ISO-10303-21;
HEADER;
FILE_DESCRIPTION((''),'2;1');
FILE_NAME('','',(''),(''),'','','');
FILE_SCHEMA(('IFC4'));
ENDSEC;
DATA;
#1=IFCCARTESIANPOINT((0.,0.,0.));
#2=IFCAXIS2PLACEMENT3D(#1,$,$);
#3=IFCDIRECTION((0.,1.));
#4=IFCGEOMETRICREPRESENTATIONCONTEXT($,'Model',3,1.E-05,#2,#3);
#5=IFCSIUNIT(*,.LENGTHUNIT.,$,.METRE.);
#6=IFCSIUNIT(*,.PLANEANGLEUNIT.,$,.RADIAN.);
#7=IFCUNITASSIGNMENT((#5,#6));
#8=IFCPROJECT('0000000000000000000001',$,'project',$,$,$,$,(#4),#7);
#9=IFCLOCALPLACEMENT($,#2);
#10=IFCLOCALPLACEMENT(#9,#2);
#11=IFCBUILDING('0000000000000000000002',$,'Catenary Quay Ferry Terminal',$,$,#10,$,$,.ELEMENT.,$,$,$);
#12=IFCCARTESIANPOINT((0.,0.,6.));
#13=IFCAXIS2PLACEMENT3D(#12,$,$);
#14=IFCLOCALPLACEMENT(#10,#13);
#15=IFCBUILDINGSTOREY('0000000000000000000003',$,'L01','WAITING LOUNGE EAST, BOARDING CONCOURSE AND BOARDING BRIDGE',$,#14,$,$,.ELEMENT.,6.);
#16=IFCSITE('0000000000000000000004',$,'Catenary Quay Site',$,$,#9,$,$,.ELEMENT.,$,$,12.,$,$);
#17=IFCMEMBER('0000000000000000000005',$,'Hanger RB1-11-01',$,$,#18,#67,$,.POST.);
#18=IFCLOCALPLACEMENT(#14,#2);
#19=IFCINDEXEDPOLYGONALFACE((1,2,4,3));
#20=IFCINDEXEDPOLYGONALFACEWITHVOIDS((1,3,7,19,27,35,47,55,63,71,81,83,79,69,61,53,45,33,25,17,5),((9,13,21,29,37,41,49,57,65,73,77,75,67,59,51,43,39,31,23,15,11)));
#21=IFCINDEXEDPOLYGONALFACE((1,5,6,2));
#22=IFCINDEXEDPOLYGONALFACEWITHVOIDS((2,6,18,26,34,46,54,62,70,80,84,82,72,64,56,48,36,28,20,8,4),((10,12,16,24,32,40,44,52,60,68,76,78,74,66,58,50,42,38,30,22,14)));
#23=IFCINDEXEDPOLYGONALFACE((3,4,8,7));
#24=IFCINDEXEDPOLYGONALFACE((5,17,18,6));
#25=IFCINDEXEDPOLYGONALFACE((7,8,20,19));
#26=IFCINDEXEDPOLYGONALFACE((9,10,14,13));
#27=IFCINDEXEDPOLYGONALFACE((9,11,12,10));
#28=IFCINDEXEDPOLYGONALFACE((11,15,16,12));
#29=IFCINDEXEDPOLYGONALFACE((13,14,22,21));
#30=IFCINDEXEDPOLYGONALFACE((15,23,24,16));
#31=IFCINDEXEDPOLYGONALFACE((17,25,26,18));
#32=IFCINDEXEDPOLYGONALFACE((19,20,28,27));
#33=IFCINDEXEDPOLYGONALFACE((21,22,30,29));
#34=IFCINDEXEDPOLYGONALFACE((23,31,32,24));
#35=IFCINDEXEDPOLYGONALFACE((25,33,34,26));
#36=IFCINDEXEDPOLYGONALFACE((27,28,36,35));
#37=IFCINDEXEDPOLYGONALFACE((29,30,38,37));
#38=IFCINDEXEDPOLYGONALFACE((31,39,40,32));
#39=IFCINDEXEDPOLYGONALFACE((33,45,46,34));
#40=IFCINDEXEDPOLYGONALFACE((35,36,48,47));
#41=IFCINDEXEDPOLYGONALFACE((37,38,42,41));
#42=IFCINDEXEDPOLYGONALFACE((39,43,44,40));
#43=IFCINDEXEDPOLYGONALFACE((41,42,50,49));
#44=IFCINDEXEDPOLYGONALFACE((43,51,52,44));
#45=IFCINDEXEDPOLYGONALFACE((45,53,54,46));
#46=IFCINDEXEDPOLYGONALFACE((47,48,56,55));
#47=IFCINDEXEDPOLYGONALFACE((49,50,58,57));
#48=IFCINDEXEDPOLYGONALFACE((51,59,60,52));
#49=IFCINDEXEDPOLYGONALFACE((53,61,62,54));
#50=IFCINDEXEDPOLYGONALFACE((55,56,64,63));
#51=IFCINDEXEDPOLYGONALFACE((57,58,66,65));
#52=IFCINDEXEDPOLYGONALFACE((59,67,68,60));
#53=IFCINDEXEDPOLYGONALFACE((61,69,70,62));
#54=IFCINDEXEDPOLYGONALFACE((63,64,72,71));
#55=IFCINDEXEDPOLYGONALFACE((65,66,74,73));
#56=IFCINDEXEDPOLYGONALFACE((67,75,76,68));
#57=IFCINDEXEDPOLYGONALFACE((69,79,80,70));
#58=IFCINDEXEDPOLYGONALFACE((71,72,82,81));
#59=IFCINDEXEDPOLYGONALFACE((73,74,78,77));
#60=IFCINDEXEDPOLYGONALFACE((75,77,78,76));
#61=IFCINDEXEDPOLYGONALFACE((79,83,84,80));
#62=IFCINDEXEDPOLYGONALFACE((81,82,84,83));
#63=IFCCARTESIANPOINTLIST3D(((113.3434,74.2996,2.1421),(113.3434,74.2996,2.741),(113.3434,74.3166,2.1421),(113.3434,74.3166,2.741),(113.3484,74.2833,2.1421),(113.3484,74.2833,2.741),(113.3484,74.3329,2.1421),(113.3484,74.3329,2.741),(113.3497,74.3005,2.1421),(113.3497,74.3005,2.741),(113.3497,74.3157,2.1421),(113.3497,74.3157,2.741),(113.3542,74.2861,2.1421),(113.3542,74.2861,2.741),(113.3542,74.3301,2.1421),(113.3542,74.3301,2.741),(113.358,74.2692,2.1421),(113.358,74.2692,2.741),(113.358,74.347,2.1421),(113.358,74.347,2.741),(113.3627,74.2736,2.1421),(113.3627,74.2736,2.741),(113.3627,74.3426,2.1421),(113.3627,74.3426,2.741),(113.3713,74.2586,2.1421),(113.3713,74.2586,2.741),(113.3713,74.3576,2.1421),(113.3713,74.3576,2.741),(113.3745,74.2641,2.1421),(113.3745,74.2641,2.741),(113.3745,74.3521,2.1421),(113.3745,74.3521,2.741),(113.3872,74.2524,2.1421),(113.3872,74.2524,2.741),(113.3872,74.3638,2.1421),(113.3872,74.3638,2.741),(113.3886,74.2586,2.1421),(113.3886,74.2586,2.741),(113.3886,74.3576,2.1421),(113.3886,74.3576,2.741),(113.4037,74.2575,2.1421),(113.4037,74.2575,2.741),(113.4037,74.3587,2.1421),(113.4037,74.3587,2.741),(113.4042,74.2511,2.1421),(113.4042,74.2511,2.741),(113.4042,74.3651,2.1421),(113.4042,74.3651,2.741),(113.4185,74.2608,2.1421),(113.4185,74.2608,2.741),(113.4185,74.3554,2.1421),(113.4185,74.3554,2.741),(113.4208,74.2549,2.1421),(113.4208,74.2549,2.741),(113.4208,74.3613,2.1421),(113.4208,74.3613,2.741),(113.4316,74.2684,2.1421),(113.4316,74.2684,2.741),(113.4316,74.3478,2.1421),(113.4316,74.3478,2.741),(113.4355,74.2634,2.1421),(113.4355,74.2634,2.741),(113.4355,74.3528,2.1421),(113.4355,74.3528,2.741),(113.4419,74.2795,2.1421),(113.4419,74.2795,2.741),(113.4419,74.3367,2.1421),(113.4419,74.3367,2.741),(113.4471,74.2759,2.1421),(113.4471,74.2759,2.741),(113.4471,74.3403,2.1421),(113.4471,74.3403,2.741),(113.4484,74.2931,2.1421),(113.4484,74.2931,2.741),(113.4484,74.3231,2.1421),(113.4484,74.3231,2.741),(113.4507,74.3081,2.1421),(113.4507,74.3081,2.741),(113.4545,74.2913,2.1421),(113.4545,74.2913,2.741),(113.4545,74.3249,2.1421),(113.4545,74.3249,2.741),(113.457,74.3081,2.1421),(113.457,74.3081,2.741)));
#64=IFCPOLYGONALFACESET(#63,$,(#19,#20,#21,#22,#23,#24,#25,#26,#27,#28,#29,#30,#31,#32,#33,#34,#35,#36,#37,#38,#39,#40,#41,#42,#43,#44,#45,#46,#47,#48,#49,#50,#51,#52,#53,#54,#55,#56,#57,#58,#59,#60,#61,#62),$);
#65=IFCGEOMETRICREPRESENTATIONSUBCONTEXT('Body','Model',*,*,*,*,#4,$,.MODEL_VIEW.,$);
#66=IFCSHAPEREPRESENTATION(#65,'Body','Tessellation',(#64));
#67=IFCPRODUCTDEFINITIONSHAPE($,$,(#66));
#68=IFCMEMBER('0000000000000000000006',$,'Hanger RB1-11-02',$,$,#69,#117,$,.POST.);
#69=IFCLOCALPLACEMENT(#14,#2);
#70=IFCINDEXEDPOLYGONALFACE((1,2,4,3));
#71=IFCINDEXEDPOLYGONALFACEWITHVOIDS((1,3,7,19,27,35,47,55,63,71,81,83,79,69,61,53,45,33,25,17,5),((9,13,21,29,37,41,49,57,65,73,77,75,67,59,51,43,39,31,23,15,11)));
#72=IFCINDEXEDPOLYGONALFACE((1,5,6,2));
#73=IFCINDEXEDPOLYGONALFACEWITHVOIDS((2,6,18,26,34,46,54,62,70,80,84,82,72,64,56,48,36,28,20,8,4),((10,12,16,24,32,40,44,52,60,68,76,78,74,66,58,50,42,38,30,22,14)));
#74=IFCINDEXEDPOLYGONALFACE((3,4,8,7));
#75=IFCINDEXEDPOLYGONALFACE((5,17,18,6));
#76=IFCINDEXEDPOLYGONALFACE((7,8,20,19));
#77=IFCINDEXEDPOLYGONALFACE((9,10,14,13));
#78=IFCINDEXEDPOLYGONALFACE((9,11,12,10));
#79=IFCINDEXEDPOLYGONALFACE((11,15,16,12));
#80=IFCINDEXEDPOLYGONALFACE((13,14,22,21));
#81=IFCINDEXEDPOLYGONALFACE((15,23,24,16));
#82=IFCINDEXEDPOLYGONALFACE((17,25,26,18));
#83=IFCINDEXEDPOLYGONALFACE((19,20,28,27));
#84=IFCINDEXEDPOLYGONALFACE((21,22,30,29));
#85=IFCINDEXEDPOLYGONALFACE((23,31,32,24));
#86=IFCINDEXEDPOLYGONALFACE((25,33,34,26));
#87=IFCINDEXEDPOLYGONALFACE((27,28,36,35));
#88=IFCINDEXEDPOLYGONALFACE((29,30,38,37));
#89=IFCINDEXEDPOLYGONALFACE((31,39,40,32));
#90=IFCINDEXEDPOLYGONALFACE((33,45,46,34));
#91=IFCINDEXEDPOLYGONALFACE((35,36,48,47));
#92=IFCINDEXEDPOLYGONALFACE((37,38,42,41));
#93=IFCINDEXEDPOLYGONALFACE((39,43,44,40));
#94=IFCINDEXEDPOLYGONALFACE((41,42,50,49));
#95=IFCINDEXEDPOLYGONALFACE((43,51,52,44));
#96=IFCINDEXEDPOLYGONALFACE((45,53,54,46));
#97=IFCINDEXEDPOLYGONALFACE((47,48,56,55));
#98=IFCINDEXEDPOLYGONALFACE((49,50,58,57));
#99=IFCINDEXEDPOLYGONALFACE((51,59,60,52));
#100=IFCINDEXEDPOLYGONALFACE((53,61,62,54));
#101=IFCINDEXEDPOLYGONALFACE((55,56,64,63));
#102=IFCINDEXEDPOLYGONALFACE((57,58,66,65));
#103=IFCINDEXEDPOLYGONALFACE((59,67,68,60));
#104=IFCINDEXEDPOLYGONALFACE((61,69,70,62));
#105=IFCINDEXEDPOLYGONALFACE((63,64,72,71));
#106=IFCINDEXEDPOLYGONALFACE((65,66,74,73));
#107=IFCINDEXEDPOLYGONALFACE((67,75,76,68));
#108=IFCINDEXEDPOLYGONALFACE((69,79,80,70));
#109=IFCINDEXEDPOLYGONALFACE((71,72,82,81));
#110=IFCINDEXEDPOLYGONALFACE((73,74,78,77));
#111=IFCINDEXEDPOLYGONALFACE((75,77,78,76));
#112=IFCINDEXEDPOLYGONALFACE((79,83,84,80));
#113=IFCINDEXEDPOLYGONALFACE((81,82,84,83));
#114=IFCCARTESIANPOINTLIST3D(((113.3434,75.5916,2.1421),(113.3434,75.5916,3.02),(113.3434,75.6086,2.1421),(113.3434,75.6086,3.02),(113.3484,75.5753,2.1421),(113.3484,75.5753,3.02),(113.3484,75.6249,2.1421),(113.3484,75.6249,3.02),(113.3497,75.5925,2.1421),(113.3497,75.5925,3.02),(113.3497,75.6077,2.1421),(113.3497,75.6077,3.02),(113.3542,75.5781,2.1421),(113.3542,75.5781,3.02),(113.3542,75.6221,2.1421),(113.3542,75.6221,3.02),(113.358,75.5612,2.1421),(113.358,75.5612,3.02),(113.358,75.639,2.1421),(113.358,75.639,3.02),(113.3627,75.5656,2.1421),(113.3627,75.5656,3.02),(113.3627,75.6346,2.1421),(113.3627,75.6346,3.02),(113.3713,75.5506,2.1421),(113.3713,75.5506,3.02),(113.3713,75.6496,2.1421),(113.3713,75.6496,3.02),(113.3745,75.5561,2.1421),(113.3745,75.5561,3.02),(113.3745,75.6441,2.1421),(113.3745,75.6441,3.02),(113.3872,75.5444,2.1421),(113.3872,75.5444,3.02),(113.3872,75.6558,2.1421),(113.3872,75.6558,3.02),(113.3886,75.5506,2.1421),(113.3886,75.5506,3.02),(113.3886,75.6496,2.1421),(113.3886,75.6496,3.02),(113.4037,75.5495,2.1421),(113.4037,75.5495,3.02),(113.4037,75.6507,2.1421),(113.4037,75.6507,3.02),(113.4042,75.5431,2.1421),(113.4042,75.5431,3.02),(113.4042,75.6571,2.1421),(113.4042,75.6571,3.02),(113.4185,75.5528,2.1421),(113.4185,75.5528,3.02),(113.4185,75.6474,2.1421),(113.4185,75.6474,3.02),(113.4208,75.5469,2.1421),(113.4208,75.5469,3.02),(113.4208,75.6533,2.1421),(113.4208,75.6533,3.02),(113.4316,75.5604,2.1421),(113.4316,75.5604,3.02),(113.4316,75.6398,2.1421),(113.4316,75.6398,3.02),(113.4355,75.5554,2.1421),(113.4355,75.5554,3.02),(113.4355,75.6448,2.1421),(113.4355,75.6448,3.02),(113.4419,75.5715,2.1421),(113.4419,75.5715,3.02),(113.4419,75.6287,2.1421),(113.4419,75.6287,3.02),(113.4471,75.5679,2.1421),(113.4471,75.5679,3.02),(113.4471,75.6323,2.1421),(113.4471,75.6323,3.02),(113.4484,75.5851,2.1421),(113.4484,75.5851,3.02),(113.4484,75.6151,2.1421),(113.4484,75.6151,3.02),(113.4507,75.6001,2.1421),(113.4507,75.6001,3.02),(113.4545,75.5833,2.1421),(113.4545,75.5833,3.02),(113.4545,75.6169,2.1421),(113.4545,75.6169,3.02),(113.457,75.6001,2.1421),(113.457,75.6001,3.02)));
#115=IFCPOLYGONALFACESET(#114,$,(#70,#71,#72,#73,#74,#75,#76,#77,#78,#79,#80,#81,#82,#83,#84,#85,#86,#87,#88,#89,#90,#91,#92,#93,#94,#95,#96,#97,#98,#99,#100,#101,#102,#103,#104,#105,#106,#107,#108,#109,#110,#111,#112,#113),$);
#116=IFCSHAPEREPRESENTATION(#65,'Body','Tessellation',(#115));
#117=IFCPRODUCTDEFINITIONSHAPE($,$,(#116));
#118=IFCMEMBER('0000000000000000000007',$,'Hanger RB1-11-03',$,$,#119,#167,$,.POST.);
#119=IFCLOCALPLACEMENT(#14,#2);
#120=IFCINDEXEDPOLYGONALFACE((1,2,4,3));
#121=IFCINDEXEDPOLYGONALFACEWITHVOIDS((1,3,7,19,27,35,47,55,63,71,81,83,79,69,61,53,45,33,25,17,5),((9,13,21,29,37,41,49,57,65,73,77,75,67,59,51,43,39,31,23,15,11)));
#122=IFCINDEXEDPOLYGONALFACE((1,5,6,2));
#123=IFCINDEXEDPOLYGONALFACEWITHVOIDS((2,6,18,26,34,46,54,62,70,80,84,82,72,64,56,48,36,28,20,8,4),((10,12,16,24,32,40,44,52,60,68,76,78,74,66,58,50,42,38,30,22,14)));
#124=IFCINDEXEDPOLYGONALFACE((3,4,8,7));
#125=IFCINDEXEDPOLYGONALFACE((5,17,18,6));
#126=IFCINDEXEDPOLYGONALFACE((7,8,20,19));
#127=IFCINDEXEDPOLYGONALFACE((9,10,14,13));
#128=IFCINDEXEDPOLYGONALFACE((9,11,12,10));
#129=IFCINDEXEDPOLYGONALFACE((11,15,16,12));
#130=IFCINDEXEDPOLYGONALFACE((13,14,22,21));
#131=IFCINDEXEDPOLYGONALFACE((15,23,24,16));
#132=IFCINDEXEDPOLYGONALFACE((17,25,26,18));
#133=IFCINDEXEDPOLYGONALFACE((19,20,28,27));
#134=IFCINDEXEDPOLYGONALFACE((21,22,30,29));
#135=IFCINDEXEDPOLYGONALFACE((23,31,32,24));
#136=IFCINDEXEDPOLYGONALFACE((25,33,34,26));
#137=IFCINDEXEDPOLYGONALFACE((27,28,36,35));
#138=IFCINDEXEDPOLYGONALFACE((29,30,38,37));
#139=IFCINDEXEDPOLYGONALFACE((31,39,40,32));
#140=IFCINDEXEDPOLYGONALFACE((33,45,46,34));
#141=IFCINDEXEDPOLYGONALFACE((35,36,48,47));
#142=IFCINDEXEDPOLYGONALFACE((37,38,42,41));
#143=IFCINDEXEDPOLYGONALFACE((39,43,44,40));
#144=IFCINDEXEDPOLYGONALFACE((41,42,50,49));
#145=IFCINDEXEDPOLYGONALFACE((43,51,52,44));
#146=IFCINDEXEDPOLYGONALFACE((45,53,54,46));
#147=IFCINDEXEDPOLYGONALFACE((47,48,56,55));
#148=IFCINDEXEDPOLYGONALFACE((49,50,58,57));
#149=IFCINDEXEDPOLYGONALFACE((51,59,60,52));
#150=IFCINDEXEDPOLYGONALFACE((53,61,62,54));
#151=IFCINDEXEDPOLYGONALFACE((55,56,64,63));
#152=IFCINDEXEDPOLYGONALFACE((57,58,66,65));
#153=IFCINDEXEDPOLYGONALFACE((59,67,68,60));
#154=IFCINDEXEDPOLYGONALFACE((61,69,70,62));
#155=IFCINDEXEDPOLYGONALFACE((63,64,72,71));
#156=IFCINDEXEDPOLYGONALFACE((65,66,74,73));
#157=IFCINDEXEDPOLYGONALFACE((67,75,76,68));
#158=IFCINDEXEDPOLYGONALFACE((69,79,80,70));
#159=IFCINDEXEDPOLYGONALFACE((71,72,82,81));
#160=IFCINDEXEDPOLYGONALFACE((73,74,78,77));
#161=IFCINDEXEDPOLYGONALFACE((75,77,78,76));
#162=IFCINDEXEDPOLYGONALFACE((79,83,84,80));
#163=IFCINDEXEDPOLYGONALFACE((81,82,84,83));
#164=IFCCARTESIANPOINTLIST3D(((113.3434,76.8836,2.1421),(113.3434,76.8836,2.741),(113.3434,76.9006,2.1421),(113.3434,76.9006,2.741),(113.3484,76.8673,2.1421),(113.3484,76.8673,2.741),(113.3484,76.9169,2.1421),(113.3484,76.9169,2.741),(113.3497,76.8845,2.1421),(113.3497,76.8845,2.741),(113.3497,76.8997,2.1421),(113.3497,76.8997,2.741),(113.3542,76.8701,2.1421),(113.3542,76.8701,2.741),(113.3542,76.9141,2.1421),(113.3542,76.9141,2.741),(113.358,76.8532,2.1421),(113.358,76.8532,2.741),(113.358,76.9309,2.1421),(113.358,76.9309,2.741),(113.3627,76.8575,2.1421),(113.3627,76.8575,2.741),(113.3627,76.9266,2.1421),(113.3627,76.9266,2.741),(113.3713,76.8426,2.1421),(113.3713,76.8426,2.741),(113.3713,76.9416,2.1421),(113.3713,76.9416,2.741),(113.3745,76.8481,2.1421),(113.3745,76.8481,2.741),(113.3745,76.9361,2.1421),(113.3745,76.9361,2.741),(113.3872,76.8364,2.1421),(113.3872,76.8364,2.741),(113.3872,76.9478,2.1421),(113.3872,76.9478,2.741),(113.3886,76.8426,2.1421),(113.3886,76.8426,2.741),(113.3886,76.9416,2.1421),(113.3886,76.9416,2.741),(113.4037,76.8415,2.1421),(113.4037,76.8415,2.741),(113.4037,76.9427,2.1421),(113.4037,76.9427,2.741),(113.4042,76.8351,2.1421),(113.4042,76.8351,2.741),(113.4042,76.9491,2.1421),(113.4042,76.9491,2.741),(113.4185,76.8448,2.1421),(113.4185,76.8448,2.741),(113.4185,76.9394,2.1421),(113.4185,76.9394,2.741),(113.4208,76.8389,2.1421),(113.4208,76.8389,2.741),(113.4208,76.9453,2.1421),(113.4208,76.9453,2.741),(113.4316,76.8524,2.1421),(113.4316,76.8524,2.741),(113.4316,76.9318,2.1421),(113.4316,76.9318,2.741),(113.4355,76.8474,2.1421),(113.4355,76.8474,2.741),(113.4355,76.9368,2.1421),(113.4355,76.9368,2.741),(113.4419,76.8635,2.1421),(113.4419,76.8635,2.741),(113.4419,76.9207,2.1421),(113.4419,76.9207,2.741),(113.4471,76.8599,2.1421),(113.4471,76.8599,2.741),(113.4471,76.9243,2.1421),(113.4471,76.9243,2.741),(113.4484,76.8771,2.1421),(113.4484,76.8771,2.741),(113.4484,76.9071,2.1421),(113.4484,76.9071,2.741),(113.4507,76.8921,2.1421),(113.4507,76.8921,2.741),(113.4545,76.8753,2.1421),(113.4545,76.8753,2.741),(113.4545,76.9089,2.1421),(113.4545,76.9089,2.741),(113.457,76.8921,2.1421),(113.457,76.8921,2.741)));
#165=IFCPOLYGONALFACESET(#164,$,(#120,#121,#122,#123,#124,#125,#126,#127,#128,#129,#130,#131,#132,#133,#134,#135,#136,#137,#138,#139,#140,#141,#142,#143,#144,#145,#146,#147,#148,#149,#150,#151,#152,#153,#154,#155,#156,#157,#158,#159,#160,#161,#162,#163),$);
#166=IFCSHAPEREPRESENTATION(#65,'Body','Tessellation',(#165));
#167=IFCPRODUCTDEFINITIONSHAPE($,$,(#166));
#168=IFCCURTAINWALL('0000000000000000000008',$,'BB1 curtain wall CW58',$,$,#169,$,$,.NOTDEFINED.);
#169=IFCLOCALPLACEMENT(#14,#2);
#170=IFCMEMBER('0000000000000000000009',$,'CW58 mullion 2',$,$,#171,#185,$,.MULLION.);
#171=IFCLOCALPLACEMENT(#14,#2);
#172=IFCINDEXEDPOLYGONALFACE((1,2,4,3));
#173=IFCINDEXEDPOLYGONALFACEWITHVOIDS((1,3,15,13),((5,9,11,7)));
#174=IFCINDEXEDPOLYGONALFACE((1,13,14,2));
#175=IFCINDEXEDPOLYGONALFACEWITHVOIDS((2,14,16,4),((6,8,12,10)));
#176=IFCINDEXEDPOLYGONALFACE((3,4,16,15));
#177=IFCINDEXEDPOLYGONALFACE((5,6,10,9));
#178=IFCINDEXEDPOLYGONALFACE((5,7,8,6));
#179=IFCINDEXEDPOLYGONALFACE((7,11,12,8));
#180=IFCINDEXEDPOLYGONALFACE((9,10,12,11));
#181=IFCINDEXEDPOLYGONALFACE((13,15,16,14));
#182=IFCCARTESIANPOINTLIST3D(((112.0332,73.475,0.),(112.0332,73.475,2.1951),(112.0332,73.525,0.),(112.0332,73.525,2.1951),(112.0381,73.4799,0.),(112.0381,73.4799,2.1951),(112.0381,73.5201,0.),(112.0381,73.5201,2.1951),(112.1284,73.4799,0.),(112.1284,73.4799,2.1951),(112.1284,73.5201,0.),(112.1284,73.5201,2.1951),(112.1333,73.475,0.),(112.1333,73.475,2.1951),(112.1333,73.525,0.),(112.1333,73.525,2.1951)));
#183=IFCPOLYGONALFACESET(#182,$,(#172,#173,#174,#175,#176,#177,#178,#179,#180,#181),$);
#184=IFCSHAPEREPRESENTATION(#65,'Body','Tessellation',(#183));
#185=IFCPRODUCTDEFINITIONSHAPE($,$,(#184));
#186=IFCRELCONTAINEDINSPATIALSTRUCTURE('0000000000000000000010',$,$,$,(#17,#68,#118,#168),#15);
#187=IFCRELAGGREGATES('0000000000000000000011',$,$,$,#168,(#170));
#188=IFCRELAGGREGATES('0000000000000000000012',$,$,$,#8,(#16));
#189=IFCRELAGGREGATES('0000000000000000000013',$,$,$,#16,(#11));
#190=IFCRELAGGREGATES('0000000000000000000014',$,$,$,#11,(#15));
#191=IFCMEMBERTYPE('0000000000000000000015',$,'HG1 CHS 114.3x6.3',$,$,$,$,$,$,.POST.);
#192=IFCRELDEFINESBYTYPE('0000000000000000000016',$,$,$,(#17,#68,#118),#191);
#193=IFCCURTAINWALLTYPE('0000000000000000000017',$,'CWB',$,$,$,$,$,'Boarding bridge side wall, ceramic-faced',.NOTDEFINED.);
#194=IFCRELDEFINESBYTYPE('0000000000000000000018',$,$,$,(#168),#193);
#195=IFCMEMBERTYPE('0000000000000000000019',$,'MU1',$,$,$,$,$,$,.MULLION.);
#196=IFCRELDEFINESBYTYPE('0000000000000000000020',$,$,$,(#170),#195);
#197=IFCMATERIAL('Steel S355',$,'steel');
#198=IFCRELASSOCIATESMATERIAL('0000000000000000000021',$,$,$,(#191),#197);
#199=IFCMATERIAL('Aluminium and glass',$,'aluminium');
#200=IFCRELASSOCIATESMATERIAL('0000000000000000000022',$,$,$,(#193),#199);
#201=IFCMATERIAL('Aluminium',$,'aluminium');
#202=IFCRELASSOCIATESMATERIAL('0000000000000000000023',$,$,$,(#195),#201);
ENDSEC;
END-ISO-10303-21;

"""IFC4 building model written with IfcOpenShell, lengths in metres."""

from ifc_helpers import new_model, si_unit, direction, frame, origin, origin_2d, place, context, subcontext, project, spatial, hollow_rectangle, hollow_circle, extrude, material, material_profile, profile_set, type_object, element, aggregate, save


model = new_model("IFC4")

# Units and contexts
model_context = context("Model", 3, precision=1e-05, world=origin(), true_north=direction((0.0, 1.0)))
body_context = subcontext(model_context, "Body", "Model", "MODEL_VIEW")
ifc_project = project(units=[si_unit("LENGTHUNIT", "METRE"), si_unit("PLANEANGLEUNIT", "RADIAN")], contexts=[model_context])

# Site, building, storey
site_placement = place(None, origin())
site = spatial("IfcSite", under=ifc_project, at=site_placement, Name="Catenary Quay Site", CompositionType="ELEMENT", RefElevation=12.0)
building_placement = place(site_placement, origin())
building = spatial("IfcBuilding", under=site, at=building_placement, Name="Catenary Quay Ferry Terminal", CompositionType="ELEMENT")
storey_placement = place(building_placement, frame((0.0, 0.0, 6.0)))
storey = spatial("IfcBuildingStorey", under=building, at=storey_placement, Name="L01", Description="WAITING LOUNGE EAST, BOARDING CONCOURSE AND BOARDING BRIDGE", CompositionType="ELEMENT", Elevation=6.0)

# Members
ifc_material_1 = material(Name="Steel S355", Category="steel")
ifc_material_profile_1 = material_profile(ifc_material_1, hollow_circle(Radius=0.0571, WallThickness=0.0063, at=origin_2d()), Name="CHS 114.3x6.3")
ifc_profile_set_1 = profile_set([ifc_material_profile_1], Name="Steel S355")
member_type_1 = type_object("IfcMemberType", Name="HG1 CHS 114.3x6.3", PredefinedType="POST", material=ifc_profile_set_1)
for number, where, z_axis, x_axis, name in (
    (1, (113.3999, 74.3081, 2.1421), (0.0, 0.0, 1.0), (1.0, 0.0, 0.0), "Hanger RB1-11-01"),
):
    element("IfcMember", number, at=place(storey_placement, frame(where, z_axis=z_axis, x_axis=x_axis)), inside=storey, type_object=member_type_1, Name=name, PredefinedType="POST", context=body_context, shape_type="SweptSolid", body=[
        extrude(hollow_circle(Radius=0.0571, WallThickness=0.0063, at=origin_2d()), origin(), (0.0, 0.0, 1.0), 0.5989),
    ])
member_1_placement = place(storey_placement, frame((113.3999, 75.6001, 2.1421), z_axis=(0.0, 0.0, 1.0), x_axis=(1.0, 0.0, 0.0)))
element("IfcMember", 2, at=member_1_placement, inside=storey, type_object=member_type_1, Name="Hanger RB1-11-02", PredefinedType="POST", context=body_context, shape_type="SweptSolid", body=[
    extrude(hollow_circle(Radius=0.0571, WallThickness=0.0063, at=origin_2d()), origin(), (0.0, 0.0, 1.0), 0.8779),
])
member_2_placement = place(storey_placement, frame((113.3999, 76.8921, 2.1421), z_axis=(0.0, 0.0, 1.0), x_axis=(1.0, 0.0, 0.0)))
element("IfcMember", 3, at=member_2_placement, inside=storey, type_object=member_type_1, Name="Hanger RB1-11-03", PredefinedType="POST", context=body_context, shape_type="SweptSolid", body=[
    extrude(hollow_circle(Radius=0.0571, WallThickness=0.0063, at=origin_2d()), origin(), (0.0, 0.0, 1.0), 0.5989),
])

# Curtain wall, member
ifc_material_2 = material(Name="Aluminium and glass", Category="aluminium")
curtain_wall_type = type_object("IfcCurtainWallType", Name="CWB", ElementType="Boarding bridge side wall, ceramic-faced", PredefinedType="NOTDEFINED", material=ifc_material_2)
curtain_wall_placement = place(storey_placement, origin())
curtain_wall = element("IfcCurtainWall", 4, at=curtain_wall_placement, inside=storey, type_object=curtain_wall_type, Name="BB1 curtain wall CW58", PredefinedType="NOTDEFINED")
ifc_material_3 = material(Name="Aluminium", Category="aluminium")
ifc_material_profile_2 = material_profile(ifc_material_3, hollow_rectangle(XDim=0.05, YDim=0.1001, WallThickness=0.0049, at=origin_2d()), Name="MU1")
ifc_profile_set_2 = profile_set([ifc_material_profile_2], Name="Aluminium")
member_type_2 = type_object("IfcMemberType", Name="MU1", PredefinedType="MULLION", material=ifc_profile_set_2)
member_3_placement = place(storey_placement, frame((112.0833, 73.5, 0.0), z_axis=(0.0, 0.0, 1.0), x_axis=(0.0, 1.0, 0.0)))
member_3 = element("IfcMember", 5, at=member_3_placement, type_object=member_type_2, Name="CW58 mullion 2", PredefinedType="MULLION", context=body_context, shape_type="SweptSolid", body=[
    extrude(hollow_rectangle(XDim=0.05, YDim=0.1001, WallThickness=0.0049, at=origin_2d()), origin(), (0.0, 0.0, 1.0), 2.1951),
])

aggregate(curtain_wall, [member_3])

save(model, "model.ifc")
